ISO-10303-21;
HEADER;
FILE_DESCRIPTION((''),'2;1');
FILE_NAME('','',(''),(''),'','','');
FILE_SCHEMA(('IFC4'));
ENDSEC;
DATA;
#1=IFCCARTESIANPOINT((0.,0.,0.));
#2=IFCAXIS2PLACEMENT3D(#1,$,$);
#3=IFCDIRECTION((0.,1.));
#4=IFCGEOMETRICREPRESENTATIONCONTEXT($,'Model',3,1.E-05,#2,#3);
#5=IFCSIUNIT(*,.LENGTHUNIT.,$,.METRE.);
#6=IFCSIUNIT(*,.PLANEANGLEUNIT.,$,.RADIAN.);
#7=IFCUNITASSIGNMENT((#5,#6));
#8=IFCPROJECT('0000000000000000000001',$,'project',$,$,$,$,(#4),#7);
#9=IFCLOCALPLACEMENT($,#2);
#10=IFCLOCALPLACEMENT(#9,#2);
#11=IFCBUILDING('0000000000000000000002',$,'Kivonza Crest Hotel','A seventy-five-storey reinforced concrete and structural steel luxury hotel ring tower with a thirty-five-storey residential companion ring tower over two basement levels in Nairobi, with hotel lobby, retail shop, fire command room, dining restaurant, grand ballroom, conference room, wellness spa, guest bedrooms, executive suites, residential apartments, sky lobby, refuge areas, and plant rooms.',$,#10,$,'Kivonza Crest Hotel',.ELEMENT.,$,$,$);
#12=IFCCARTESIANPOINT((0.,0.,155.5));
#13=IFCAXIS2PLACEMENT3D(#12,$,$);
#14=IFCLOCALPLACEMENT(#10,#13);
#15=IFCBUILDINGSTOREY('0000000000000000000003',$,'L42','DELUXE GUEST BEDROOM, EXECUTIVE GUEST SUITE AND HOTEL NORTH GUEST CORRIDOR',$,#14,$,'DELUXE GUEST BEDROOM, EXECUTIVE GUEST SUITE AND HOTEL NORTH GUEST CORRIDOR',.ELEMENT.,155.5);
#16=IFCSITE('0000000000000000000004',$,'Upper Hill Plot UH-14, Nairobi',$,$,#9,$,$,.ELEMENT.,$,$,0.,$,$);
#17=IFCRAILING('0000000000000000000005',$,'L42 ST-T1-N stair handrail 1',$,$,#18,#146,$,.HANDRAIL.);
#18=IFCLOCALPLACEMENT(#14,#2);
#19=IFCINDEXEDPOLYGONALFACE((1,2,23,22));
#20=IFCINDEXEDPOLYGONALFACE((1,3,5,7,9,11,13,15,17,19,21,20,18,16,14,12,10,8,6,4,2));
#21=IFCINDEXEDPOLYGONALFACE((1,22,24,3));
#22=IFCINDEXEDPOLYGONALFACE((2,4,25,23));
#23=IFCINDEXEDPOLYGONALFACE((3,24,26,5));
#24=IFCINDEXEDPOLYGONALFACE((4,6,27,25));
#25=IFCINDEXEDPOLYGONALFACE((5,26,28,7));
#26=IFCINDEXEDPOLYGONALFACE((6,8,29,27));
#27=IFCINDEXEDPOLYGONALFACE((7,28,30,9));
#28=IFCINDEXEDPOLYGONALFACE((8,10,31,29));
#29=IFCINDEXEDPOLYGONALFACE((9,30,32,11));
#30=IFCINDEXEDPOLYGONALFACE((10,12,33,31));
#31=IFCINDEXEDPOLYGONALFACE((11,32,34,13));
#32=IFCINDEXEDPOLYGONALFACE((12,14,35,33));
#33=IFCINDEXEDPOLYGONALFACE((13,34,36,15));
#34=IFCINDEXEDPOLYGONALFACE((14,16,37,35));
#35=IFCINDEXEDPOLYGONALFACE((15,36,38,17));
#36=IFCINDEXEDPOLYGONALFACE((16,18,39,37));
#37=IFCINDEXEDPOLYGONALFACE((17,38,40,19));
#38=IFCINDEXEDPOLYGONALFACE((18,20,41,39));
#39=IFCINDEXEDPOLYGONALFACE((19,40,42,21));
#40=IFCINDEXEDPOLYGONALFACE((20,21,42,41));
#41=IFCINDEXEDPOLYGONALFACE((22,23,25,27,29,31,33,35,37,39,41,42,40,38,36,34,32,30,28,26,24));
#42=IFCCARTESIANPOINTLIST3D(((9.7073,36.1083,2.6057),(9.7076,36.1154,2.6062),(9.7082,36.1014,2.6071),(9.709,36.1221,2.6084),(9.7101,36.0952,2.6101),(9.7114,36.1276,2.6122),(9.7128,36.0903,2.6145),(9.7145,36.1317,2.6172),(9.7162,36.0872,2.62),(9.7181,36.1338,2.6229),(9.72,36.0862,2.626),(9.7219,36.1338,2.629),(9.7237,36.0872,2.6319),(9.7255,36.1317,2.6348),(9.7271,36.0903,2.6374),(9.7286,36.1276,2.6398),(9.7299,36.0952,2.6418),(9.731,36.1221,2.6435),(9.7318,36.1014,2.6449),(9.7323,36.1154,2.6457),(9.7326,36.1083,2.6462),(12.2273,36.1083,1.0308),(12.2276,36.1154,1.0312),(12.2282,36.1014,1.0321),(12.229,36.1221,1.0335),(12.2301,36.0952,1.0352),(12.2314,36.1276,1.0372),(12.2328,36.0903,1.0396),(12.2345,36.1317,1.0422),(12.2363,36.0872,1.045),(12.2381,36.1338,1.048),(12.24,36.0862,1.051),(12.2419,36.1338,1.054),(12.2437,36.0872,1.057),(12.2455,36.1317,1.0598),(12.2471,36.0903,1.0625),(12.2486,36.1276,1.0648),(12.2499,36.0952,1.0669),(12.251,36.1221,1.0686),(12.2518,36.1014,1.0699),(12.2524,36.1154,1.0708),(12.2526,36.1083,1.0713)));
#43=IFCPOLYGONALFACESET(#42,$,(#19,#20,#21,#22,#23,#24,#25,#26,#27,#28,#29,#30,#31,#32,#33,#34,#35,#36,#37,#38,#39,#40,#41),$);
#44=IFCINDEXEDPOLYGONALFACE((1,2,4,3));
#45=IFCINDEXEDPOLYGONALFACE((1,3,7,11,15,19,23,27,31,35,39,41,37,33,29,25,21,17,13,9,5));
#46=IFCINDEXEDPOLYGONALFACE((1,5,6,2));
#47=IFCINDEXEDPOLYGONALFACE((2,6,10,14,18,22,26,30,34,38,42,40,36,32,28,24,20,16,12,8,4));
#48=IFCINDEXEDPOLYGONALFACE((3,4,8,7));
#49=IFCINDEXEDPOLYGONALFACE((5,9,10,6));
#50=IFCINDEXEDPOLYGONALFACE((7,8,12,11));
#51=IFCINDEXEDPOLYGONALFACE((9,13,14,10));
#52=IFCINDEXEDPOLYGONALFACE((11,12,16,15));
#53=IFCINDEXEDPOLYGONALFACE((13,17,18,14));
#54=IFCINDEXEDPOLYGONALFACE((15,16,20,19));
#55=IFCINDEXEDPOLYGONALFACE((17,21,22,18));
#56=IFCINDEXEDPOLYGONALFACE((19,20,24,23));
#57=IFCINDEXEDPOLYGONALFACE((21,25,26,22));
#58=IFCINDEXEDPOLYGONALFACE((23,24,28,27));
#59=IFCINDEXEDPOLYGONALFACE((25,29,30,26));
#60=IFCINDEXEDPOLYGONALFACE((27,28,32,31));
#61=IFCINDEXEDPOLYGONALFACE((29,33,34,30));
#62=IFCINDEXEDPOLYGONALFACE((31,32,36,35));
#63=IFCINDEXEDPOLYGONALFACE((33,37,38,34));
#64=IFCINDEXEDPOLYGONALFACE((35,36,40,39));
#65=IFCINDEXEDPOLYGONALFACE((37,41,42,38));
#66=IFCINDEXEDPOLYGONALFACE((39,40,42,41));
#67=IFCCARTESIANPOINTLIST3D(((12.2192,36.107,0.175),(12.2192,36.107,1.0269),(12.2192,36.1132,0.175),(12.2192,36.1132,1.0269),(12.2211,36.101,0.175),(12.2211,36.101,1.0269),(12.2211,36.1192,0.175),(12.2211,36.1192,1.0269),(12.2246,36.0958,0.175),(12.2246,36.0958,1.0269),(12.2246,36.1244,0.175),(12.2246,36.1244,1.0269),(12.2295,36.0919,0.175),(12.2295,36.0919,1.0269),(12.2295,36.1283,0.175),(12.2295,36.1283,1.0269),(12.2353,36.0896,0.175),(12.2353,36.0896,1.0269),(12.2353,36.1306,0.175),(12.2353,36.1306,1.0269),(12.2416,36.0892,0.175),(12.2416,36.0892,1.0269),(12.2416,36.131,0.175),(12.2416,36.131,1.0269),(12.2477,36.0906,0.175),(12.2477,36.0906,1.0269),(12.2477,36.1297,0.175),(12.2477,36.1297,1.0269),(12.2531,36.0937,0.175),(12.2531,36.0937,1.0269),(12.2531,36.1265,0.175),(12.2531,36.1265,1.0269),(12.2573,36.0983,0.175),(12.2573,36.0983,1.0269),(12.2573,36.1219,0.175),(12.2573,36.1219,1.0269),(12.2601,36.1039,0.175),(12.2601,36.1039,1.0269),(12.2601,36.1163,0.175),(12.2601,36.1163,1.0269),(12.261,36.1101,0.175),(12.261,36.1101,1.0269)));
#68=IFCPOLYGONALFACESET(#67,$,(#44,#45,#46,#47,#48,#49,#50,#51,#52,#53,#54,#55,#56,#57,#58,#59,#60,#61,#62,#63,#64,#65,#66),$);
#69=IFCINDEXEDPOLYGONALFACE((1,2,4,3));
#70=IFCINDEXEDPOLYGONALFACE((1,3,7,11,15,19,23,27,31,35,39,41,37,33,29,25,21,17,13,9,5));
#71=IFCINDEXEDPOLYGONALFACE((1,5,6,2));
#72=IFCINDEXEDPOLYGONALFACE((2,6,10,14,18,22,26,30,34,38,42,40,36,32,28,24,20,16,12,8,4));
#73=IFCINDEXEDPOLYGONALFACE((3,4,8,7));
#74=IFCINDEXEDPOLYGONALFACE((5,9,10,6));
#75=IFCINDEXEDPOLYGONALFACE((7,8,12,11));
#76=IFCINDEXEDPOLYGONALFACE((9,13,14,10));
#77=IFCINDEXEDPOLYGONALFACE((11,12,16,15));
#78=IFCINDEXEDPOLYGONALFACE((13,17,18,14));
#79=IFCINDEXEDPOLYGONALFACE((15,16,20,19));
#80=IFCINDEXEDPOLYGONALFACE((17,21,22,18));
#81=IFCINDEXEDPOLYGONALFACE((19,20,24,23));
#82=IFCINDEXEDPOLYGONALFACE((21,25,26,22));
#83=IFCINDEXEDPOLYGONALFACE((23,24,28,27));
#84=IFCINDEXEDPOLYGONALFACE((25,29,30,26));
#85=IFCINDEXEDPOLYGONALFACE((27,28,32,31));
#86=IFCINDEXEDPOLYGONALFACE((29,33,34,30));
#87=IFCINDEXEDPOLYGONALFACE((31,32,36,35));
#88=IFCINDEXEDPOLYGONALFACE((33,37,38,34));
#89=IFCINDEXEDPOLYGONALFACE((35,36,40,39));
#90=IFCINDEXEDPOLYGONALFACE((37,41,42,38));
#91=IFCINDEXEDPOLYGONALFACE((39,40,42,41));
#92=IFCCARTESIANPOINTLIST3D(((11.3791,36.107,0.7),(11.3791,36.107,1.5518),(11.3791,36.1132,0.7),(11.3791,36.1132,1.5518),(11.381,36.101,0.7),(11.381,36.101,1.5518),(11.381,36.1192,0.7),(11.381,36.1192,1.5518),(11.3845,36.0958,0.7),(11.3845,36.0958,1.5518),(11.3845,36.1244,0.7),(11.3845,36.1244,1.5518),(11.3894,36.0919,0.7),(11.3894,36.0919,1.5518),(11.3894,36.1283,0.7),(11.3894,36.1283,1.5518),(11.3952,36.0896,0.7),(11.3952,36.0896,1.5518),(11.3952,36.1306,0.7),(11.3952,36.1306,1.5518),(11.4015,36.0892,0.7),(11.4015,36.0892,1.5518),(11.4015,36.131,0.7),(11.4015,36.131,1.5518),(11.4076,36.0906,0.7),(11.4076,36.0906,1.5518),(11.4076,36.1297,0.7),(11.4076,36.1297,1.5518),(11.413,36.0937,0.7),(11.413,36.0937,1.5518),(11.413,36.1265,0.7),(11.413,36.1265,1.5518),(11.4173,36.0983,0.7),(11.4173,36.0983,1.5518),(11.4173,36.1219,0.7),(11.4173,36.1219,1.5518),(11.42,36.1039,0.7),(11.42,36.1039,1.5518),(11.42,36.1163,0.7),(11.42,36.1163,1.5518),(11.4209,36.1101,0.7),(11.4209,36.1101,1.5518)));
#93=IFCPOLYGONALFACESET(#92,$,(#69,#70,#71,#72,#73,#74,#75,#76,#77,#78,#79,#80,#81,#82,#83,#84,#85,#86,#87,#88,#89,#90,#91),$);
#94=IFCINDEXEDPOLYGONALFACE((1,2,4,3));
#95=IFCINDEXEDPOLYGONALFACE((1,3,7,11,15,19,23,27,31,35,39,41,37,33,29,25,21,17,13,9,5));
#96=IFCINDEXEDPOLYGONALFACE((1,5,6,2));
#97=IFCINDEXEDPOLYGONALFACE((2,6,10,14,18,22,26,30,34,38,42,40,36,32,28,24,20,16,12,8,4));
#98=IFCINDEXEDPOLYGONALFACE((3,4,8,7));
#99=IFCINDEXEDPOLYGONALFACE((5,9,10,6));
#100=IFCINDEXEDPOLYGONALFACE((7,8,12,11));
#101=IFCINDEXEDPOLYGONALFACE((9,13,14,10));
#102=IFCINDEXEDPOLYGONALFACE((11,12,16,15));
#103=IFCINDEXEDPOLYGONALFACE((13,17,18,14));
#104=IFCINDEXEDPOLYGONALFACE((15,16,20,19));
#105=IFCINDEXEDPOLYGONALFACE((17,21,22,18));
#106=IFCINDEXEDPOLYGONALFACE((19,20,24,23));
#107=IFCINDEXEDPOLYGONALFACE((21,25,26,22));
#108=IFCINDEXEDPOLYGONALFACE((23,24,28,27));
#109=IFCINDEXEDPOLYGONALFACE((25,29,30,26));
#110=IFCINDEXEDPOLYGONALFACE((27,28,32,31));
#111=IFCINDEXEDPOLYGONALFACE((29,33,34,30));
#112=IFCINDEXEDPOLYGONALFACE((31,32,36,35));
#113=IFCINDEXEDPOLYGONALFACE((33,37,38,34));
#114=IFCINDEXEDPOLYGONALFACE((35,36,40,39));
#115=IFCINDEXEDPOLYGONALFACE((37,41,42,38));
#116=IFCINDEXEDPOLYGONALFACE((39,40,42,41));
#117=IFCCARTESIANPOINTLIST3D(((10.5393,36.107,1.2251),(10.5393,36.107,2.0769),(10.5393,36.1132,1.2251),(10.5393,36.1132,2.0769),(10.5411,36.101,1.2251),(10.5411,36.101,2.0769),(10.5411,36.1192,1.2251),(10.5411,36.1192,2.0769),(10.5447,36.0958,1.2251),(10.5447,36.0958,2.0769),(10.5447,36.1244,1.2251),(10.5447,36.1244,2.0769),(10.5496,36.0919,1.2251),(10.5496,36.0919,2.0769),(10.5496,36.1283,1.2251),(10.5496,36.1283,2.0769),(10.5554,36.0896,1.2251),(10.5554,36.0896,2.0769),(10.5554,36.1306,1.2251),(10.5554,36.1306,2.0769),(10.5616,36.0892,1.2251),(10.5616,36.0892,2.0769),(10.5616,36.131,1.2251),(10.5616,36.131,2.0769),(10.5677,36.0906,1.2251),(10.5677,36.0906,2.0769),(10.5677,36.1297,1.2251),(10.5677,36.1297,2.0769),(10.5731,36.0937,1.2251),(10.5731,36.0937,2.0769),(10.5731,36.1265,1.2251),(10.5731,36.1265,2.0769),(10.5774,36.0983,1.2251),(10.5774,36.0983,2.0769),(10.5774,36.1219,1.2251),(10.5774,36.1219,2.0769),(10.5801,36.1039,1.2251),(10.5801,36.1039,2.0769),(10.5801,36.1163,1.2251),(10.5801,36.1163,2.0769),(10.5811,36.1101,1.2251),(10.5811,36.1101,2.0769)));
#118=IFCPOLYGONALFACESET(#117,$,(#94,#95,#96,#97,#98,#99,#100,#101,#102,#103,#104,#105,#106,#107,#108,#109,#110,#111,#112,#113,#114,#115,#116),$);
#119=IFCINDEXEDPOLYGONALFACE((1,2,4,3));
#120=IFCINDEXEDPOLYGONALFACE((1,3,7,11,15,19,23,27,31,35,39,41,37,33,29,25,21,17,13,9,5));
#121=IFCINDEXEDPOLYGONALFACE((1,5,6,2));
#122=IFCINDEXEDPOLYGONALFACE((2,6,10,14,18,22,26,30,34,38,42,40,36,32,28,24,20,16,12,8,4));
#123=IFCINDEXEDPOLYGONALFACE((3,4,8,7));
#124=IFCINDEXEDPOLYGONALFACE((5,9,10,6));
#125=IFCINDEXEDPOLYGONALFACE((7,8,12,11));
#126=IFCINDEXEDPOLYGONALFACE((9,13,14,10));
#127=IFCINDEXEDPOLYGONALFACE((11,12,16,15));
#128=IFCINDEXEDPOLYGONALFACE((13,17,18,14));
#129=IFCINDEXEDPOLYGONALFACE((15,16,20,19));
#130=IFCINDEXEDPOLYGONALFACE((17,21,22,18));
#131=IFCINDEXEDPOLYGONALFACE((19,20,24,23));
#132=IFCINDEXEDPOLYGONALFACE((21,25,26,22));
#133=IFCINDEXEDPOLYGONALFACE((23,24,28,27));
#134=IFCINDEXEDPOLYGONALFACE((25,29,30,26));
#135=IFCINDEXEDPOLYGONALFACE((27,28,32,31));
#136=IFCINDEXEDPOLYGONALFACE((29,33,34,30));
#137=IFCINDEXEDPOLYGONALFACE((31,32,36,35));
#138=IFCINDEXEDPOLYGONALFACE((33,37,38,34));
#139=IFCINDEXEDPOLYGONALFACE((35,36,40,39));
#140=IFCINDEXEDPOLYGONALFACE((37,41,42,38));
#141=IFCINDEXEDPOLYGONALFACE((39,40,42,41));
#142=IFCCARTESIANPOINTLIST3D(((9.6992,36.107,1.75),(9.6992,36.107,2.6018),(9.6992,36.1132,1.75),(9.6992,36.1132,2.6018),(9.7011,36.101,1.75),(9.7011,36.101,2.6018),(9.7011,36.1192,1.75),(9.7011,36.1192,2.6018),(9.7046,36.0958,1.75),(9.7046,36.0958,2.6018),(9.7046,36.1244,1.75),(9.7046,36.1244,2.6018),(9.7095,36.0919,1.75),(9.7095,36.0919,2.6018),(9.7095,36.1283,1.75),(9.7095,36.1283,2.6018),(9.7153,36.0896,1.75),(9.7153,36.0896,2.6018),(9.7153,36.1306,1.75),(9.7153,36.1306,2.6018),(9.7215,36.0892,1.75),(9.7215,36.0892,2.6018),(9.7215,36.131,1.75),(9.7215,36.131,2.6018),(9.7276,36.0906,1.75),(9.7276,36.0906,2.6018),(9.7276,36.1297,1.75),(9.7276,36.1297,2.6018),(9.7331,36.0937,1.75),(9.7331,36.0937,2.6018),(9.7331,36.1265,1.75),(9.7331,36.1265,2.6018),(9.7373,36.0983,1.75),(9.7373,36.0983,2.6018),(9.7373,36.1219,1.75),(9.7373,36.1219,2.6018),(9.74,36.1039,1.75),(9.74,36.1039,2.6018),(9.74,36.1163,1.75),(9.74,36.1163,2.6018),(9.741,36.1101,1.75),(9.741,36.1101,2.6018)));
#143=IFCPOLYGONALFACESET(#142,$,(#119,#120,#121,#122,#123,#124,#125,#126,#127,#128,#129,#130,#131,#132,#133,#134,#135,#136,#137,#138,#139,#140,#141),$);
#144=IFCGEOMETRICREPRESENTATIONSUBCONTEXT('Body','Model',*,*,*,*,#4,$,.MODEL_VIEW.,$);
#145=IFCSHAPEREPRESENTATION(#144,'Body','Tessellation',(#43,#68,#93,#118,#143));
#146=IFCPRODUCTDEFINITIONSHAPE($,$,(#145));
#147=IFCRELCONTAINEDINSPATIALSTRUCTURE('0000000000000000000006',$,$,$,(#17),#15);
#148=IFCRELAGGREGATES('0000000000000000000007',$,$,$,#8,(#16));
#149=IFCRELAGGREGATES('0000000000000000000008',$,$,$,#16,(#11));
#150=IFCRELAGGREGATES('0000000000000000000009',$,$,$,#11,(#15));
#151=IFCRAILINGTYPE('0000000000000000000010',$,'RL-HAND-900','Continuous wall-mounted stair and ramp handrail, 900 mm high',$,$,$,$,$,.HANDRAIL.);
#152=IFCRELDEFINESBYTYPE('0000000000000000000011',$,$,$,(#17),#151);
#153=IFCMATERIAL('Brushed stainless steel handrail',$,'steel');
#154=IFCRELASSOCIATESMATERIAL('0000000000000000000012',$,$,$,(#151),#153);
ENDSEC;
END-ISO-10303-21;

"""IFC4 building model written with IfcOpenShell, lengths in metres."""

from ifc_helpers import new_model, si_unit, direction, frame, origin, origin_2d, place, context, subcontext, project, spatial, circle, extrude, material, type_object, element, save


model = new_model("IFC4")

# Units and contexts
model_context = context("Model", 3, precision=1e-05, world=origin(), true_north=direction((0.0, 1.0)))
body_context = subcontext(model_context, "Body", "Model", "MODEL_VIEW")
ifc_project = project(units=[si_unit("LENGTHUNIT", "METRE"), si_unit("PLANEANGLEUNIT", "RADIAN")], contexts=[model_context])

# Site, building, storey
site_placement = place(None, origin())
site = spatial("IfcSite", under=ifc_project, at=site_placement, Name="Upper Hill Plot UH-14, Nairobi", CompositionType="ELEMENT", RefElevation=0.0)
building_placement = place(site_placement, origin())
building = spatial("IfcBuilding", under=site, at=building_placement, Name="Kivonza Crest Hotel", Description="A seventy-five-storey reinforced concrete and structural steel luxury hotel ring tower with a thirty-five-storey residential companion ring tower over two basement levels in Nairobi, with hotel lobby, retail shop, fire command room, dining restaurant, grand ballroom, conference room, wellness spa, guest bedrooms, executive suites, residential apartments, sky lobby, refuge areas, and plant rooms.", LongName="Kivonza Crest Hotel", CompositionType="ELEMENT")
storey_placement = place(building_placement, frame((0.0, 0.0, 155.5)))
storey = spatial("IfcBuildingStorey", under=building, at=storey_placement, Name="L42", Description="DELUXE GUEST BEDROOM, EXECUTIVE GUEST SUITE AND HOTEL NORTH GUEST CORRIDOR", LongName="DELUXE GUEST BEDROOM, EXECUTIVE GUEST SUITE AND HOTEL NORTH GUEST CORRIDOR", CompositionType="ELEMENT", Elevation=155.5)

# Railing
ifc_material_1 = material(Name="Brushed stainless steel handrail", Category="steel")
railing_type_1 = type_object("IfcRailingType", Name="RL-HAND-900", Description="Continuous wall-mounted stair and ramp handrail, 900 mm high", PredefinedType="HANDRAIL", material=ifc_material_1)
railing_1_placement = place(storey_placement, frame((12.24, 36.1101, 0.175)))
element("IfcRailing", 1, at=railing_1_placement, inside=storey, type_object=railing_type_1, Name="L42 ST-T1-N stair handrail 1", PredefinedType="HANDRAIL", context=body_context, shape_type="SweptSolid", body=[
    extrude(circle(Radius=0.0239, at=origin_2d()), frame((0.0, 0.0, 0.876), z_axis=(-0.848008, 0.0, 0.529984), x_axis=(0.0, -1.0, 0.0)), (0.0, 0.0, 1.0), 2.9717),
    extrude(circle(Radius=0.021, at=origin_2d()), origin(), (0.0, 0.0, 1.0), 0.8518),
    extrude(circle(Radius=0.021, at=origin_2d()), frame((-0.8401, 0.0, 0.5249)), (0.0, 0.0, 1.0), 0.8518),
    extrude(circle(Radius=0.021, at=origin_2d()), frame((-1.6799, 0.0, 1.05)), (0.0, 0.0, 1.0), 0.8518),
    extrude(circle(Radius=0.021, at=origin_2d()), frame((-2.52, 0.0, 1.575)), (0.0, 0.0, 1.0), 0.8518),
])

save(model, "model.ifc")
